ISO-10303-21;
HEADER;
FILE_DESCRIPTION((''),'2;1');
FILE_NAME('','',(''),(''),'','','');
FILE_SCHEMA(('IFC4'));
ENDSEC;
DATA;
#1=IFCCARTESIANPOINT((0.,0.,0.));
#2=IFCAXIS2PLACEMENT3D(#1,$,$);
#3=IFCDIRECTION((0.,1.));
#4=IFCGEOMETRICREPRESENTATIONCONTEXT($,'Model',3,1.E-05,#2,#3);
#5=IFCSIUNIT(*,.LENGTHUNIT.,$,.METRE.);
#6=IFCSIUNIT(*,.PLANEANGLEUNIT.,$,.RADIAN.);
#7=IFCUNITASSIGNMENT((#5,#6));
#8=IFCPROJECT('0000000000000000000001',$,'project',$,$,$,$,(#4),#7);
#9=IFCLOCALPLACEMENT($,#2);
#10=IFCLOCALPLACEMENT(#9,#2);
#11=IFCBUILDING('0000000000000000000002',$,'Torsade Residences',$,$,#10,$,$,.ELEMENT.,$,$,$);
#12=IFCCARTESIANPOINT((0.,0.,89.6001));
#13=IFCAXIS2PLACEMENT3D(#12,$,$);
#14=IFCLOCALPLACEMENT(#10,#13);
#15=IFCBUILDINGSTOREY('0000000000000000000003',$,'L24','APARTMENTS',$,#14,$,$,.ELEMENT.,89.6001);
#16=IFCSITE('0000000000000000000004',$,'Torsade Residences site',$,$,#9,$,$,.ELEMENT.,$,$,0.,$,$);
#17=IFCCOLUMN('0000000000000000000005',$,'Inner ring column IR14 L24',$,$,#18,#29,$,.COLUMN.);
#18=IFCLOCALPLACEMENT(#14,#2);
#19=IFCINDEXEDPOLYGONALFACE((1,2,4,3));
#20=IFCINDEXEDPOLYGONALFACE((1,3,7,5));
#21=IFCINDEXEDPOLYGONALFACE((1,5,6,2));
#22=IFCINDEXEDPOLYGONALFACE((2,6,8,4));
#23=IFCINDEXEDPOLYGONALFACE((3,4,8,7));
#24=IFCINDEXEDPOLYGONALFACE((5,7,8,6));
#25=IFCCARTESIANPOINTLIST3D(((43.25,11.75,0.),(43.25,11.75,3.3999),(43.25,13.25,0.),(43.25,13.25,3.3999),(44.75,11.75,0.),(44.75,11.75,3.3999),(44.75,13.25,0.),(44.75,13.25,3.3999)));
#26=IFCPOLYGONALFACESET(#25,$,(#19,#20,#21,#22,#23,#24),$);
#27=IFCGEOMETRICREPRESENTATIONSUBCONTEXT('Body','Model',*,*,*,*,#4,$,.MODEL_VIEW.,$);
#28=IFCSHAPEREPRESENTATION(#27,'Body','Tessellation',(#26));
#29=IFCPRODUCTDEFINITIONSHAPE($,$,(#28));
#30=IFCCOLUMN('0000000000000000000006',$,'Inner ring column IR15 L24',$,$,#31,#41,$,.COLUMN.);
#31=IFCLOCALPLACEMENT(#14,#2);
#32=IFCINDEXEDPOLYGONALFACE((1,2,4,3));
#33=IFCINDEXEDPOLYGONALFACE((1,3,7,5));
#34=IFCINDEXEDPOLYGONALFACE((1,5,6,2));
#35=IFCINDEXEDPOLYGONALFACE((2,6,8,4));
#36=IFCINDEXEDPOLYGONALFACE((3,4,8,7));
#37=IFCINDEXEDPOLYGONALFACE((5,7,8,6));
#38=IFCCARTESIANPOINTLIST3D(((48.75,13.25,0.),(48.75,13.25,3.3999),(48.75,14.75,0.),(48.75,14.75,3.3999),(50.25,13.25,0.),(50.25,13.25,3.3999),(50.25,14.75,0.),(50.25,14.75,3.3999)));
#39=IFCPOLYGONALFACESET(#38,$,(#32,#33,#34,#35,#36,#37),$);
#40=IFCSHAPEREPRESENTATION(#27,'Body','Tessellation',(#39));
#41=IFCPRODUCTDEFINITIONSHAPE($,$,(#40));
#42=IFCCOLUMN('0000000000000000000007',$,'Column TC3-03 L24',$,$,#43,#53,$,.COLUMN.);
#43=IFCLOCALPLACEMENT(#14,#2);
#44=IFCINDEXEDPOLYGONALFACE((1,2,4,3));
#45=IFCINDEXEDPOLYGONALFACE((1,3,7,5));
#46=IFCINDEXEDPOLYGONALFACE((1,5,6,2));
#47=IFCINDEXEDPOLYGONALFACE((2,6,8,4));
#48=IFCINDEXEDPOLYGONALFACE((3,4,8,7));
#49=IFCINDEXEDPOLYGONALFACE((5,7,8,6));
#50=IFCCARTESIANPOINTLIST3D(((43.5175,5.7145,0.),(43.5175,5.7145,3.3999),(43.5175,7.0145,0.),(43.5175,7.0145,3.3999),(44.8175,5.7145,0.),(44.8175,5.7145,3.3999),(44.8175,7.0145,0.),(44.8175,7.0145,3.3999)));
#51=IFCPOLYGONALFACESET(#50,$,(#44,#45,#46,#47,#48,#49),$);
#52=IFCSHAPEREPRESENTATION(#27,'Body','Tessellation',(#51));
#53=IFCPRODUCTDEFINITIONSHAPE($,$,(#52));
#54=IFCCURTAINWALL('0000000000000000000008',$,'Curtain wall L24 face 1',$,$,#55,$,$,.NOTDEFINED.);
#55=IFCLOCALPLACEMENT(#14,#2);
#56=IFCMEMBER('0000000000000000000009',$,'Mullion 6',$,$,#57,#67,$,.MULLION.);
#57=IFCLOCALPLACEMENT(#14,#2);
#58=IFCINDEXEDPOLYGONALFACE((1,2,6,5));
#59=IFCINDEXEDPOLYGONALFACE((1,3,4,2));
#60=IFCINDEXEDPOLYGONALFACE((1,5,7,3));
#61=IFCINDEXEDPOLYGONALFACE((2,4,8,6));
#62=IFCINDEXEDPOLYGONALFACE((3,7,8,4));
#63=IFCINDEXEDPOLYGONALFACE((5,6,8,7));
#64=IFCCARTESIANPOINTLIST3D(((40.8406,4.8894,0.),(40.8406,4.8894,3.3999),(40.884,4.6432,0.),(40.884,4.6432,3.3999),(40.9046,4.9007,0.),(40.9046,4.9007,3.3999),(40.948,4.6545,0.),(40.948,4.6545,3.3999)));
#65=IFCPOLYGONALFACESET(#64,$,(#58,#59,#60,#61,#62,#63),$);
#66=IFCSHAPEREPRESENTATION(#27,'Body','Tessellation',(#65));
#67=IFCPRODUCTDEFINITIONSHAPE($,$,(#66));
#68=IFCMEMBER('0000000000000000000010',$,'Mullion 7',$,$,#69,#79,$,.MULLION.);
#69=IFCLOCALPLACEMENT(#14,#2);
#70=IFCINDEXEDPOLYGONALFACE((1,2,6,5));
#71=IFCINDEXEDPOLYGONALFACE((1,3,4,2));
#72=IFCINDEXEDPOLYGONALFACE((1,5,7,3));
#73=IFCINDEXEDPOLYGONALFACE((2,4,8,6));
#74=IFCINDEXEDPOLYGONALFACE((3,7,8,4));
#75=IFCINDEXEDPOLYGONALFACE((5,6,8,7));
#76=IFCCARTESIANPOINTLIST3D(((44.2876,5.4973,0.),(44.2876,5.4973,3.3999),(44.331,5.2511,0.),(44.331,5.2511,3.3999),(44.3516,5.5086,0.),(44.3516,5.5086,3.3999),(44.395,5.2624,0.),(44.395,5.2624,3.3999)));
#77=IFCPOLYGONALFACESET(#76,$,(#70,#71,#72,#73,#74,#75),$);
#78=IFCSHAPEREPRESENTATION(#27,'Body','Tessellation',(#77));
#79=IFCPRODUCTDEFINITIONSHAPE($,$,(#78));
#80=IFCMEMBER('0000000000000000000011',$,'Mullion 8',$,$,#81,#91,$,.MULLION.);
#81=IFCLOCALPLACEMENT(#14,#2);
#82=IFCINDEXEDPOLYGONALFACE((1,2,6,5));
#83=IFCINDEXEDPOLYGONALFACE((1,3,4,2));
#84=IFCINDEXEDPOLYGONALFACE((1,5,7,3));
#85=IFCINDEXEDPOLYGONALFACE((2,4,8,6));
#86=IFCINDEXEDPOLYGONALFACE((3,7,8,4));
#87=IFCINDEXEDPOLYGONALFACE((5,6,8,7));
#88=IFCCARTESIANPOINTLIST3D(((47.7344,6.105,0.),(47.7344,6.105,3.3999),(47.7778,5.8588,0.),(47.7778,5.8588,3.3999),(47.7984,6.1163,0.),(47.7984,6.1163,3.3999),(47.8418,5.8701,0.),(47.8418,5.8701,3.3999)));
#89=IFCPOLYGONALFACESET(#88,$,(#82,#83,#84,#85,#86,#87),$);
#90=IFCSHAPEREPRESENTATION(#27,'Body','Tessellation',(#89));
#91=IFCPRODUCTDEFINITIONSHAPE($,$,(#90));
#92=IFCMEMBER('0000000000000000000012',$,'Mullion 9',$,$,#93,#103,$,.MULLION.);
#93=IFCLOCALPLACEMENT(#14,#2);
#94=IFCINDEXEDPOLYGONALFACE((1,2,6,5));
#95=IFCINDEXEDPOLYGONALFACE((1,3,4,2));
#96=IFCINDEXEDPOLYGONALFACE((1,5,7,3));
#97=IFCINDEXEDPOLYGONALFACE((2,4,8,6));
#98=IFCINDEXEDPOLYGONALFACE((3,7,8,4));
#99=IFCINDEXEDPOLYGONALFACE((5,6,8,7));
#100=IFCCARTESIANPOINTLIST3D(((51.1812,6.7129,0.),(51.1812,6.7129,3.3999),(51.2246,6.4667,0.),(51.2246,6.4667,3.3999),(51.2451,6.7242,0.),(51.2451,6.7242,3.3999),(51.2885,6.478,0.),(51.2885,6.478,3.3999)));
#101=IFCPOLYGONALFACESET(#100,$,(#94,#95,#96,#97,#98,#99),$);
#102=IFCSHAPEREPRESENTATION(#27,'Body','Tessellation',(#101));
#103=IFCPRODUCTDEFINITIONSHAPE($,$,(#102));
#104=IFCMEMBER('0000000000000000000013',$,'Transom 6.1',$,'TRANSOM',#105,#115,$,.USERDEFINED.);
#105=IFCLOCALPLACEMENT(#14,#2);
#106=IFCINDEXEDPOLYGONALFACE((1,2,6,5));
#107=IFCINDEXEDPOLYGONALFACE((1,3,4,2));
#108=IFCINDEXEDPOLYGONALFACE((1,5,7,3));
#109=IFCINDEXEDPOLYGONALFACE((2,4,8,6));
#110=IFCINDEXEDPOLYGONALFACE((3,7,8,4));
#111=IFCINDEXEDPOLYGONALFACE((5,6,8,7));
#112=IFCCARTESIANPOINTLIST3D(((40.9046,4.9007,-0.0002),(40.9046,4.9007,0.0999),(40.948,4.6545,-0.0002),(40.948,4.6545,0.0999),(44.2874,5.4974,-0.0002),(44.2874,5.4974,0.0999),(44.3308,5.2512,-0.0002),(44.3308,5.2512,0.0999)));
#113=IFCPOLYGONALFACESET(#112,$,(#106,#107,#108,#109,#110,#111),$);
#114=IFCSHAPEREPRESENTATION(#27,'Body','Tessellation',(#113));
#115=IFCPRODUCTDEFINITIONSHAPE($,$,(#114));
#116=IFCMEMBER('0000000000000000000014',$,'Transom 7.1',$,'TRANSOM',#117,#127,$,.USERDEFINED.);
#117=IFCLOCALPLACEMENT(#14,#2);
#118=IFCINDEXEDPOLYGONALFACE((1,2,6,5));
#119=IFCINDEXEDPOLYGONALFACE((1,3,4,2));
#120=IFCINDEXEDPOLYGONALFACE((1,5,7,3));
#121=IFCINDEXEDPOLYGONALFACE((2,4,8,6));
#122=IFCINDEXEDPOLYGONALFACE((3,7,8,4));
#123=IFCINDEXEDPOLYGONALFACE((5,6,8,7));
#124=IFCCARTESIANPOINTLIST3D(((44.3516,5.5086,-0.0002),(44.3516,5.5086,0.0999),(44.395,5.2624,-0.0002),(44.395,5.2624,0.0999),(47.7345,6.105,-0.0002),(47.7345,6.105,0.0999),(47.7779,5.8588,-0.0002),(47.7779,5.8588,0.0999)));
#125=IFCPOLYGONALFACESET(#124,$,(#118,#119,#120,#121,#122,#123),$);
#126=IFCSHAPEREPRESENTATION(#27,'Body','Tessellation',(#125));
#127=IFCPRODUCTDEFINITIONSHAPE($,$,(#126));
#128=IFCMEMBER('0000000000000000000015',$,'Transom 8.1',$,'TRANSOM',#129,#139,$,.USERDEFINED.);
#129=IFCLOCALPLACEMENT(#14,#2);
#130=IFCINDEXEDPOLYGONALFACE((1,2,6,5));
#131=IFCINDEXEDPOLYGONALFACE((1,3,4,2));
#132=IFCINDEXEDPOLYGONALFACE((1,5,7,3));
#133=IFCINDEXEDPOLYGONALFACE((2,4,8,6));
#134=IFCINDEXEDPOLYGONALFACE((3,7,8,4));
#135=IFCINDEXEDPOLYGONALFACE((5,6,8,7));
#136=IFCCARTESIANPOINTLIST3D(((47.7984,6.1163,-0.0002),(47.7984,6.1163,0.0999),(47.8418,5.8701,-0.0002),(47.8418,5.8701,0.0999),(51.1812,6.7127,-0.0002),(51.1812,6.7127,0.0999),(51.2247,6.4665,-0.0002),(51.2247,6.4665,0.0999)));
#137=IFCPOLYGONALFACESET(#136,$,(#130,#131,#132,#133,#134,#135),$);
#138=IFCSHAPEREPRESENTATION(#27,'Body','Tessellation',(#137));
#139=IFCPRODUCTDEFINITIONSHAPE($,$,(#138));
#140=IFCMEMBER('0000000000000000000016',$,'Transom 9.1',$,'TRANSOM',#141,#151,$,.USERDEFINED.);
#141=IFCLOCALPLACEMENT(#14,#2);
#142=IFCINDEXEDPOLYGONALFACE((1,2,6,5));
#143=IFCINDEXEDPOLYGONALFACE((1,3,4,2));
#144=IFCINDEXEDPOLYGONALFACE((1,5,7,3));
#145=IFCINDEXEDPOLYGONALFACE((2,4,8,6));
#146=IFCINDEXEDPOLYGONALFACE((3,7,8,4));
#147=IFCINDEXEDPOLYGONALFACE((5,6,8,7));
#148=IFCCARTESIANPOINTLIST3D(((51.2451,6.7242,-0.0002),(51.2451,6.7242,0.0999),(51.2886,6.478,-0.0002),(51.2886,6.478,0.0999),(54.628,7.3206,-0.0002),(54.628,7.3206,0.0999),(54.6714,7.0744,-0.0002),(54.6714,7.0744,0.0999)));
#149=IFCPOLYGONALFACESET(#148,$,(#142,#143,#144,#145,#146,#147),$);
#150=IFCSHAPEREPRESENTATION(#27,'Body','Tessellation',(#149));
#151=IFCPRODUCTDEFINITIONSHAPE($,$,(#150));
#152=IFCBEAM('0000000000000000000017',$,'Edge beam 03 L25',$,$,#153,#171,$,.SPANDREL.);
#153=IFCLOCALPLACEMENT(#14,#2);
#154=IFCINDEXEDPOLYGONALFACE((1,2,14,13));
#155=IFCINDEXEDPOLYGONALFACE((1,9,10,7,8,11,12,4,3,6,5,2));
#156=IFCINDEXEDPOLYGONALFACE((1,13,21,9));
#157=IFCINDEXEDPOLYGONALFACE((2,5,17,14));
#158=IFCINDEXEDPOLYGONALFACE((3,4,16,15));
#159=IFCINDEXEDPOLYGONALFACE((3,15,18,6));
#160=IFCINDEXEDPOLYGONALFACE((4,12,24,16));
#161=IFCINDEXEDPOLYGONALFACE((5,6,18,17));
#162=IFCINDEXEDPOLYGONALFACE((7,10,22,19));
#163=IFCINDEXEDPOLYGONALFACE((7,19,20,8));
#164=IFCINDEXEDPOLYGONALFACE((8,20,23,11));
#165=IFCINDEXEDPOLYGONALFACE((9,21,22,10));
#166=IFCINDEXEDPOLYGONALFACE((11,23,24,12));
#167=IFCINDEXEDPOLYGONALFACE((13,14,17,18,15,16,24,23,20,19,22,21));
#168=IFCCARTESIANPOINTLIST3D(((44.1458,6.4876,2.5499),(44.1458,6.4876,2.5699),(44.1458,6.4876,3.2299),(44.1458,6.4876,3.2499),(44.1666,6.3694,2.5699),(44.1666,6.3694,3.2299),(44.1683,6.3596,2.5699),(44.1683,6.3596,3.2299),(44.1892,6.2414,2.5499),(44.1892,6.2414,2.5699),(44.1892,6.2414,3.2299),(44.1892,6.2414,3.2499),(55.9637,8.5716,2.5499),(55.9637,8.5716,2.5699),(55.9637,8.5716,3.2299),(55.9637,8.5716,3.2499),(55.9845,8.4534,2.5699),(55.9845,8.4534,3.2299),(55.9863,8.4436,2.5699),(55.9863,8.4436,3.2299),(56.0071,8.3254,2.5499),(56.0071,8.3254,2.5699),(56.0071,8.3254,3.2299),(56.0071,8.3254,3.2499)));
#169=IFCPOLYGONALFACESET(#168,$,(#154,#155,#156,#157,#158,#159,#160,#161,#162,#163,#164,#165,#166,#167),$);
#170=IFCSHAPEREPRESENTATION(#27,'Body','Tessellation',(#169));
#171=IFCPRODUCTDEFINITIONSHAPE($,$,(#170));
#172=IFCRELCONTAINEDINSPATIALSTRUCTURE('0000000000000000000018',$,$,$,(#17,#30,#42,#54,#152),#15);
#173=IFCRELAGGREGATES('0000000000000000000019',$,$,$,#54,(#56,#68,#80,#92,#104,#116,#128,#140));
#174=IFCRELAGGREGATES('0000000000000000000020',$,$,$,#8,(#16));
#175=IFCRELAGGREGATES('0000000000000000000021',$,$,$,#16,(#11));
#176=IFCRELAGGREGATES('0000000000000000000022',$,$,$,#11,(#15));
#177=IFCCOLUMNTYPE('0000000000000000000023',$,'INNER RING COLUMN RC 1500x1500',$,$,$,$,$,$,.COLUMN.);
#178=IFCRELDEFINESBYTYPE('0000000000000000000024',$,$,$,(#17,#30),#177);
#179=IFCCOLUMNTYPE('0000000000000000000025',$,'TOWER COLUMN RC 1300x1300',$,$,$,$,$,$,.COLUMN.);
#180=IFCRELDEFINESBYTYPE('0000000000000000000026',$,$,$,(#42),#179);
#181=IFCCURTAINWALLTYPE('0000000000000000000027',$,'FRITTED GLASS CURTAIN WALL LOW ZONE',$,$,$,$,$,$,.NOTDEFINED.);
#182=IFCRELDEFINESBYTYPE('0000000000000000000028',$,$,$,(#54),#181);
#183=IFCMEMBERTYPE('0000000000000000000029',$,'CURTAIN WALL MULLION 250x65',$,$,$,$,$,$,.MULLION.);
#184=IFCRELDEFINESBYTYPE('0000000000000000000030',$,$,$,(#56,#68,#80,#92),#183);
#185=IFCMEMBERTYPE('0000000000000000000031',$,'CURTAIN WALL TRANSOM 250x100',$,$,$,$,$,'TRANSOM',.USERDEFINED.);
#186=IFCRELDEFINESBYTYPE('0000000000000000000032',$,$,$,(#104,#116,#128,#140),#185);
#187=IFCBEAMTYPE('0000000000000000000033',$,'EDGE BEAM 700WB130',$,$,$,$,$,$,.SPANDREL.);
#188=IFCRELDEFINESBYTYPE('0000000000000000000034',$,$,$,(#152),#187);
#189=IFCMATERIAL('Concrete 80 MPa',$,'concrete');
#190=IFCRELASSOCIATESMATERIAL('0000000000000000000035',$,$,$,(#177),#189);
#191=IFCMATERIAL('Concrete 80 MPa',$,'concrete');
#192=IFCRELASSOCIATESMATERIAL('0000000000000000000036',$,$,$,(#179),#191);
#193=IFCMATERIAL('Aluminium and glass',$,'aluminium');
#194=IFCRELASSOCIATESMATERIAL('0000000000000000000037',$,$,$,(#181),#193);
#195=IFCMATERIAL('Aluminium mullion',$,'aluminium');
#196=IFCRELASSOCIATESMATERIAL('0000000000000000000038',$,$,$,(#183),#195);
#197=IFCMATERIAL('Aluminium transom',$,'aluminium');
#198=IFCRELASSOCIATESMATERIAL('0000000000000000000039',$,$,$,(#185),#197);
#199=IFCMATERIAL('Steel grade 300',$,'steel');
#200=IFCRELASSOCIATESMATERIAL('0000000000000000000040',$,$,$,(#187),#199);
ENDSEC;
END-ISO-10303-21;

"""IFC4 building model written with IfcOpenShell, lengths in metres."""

from ifc_helpers import new_model, si_unit, direction, frame, origin, origin_2d, place, context, subcontext, project, spatial, rectangle, i_section, extrude, material, material_profile, profile_set, type_object, element, aggregate, save


model = new_model("IFC4")

# Units and contexts
model_context = context("Model", 3, precision=1e-05, world=origin(), true_north=direction((0.0, 1.0)))
body_context = subcontext(model_context, "Body", "Model", "MODEL_VIEW")
ifc_project = project(units=[si_unit("LENGTHUNIT", "METRE"), si_unit("PLANEANGLEUNIT", "RADIAN")], contexts=[model_context])

# Site, building, storey
site_placement = place(None, origin())
site = spatial("IfcSite", under=ifc_project, at=site_placement, Name="Torsade Residences site", CompositionType="ELEMENT", RefElevation=0.0)
building_placement = place(site_placement, origin())
building = spatial("IfcBuilding", under=site, at=building_placement, Name="Torsade Residences", CompositionType="ELEMENT")
storey_placement = place(building_placement, frame((0.0, 0.0, 89.6001)))
storey = spatial("IfcBuildingStorey", under=building, at=storey_placement, Name="L24", Description="APARTMENTS", CompositionType="ELEMENT", Elevation=89.6001)

# Columns
ifc_material_1 = material(Name="Concrete 80 MPa", Category="concrete")
ifc_material_profile_1 = material_profile(ifc_material_1, rectangle(XDim=1.5, YDim=1.5, at=origin_2d()), Name="RC 1500x1500")
ifc_profile_set_1 = profile_set([ifc_material_profile_1], Name="Concrete 80 MPa")
column_type_1 = type_object("IfcColumnType", Name="INNER RING COLUMN RC 1500x1500", PredefinedType="COLUMN", material=ifc_profile_set_1)
for number, where, z_axis, x_axis, name in (
    (1, (44.0, 12.5, 0.0), (0.0, 0.0, 1.0), (1.0, 0.0, 0.0), "Inner ring column IR14 L24"),
    (2, (49.5, 14.0, 0.0), (0.0, 0.0, 1.0), (1.0, 0.0, 0.0), "Inner ring column IR15 L24"),
):
    element("IfcColumn", number, at=place(storey_placement, frame(where, z_axis=z_axis, x_axis=x_axis)), inside=storey, type_object=column_type_1, Name=name, PredefinedType="COLUMN", context=body_context, shape_type="SweptSolid", body=[
        extrude(rectangle(XDim=1.5, YDim=1.5, at=origin_2d()), origin(), (0.0, 0.0, 1.0), 3.3999),
    ])
ifc_material_2 = material(Name="Concrete 80 MPa", Category="concrete")
ifc_material_profile_2 = material_profile(ifc_material_2, rectangle(XDim=1.3, YDim=1.3, at=origin_2d()), Name="RC 1300x1300")
ifc_profile_set_2 = profile_set([ifc_material_profile_2], Name="Concrete 80 MPa")
column_type_2 = type_object("IfcColumnType", Name="TOWER COLUMN RC 1300x1300", PredefinedType="COLUMN", material=ifc_profile_set_2)
column_placement = place(storey_placement, frame((44.1675, 6.3645, 0.0), z_axis=(0.0, 0.0, 1.0), x_axis=(1.0, 0.0, 0.0)))
element("IfcColumn", 3, at=column_placement, inside=storey, type_object=column_type_2, Name="Column TC3-03 L24", PredefinedType="COLUMN", context=body_context, shape_type="SweptSolid", body=[
    extrude(rectangle(XDim=1.3, YDim=1.3, at=origin_2d()), origin(), (0.0, 0.0, 1.0), 3.3999),
])

# Curtain wall, members
ifc_material_3 = material(Name="Aluminium and glass", Category="aluminium")
curtain_wall_type = type_object("IfcCurtainWallType", Name="FRITTED GLASS CURTAIN WALL LOW ZONE", PredefinedType="NOTDEFINED", material=ifc_material_3)
curtain_wall_placement = place(storey_placement, origin())
curtain_wall = element("IfcCurtainWall", 4, at=curtain_wall_placement, inside=storey, type_object=curtain_wall_type, Name="Curtain wall L24 face 1", PredefinedType="NOTDEFINED")
ifc_material_4 = material(Name="Aluminium mullion", Category="aluminium")
ifc_material_profile_3 = material_profile(ifc_material_4, rectangle(XDim=0.25, YDim=0.0649, at=origin_2d()), Name="CURTAIN WALL MULLION 250x65")
ifc_profile_set_3 = profile_set([ifc_material_profile_3], Name="Aluminium mullion")
member_type_1 = type_object("IfcMemberType", Name="CURTAIN WALL MULLION 250x65", PredefinedType="MULLION", material=ifc_profile_set_3)
member_1_placement = place(storey_placement, frame((40.8943, 4.772, 0.0), z_axis=(0.0, 0.0, 1.0), x_axis=(-0.173648, 0.984808, 0.0)))
member_1 = element("IfcMember", 5, at=member_1_placement, type_object=member_type_1, Name="Mullion 6", PredefinedType="MULLION", context=body_context, shape_type="SweptSolid", body=[
    extrude(rectangle(XDim=0.25, YDim=0.0649, at=origin_2d()), origin(), (0.0, 0.0, 1.0), 3.3999),
])
member_2_placement = place(storey_placement, frame((44.3413, 5.3799, 0.0), z_axis=(0.0, 0.0, 1.0), x_axis=(-0.173648, 0.984808, 0.0)))
member_2 = element("IfcMember", 6, at=member_2_placement, type_object=member_type_1, Name="Mullion 7", PredefinedType="MULLION", context=body_context, shape_type="SweptSolid", body=[
    extrude(rectangle(XDim=0.25, YDim=0.0649, at=origin_2d()), origin(), (0.0, 0.0, 1.0), 3.3999),
])
member_3_placement = place(storey_placement, frame((47.7881, 5.9875, 0.0), z_axis=(0.0, 0.0, 1.0), x_axis=(-0.173648, 0.984808, 0.0)))
member_3 = element("IfcMember", 7, at=member_3_placement, type_object=member_type_1, Name="Mullion 8", PredefinedType="MULLION", context=body_context, shape_type="SweptSolid", body=[
    extrude(rectangle(XDim=0.25, YDim=0.0649, at=origin_2d()), origin(), (0.0, 0.0, 1.0), 3.3999),
])
member_4_placement = place(storey_placement, frame((51.2349, 6.5955, 0.0), z_axis=(0.0, 0.0, 1.0), x_axis=(-0.173648, 0.984808, 0.0)))
member_4 = element("IfcMember", 8, at=member_4_placement, type_object=member_type_1, Name="Mullion 9", PredefinedType="MULLION", context=body_context, shape_type="SweptSolid", body=[
    extrude(rectangle(XDim=0.25, YDim=0.0649, at=origin_2d()), origin(), (0.0, 0.0, 1.0), 3.3999),
])
ifc_material_5 = material(Name="Aluminium transom", Category="aluminium")
ifc_material_profile_4 = material_profile(ifc_material_5, rectangle(XDim=0.25, YDim=0.1001, at=origin_2d()), Name="CURTAIN WALL TRANSOM 250x100")
ifc_profile_set_4 = profile_set([ifc_material_profile_4], Name="Aluminium transom")
member_type_2 = type_object("IfcMemberType", Name="CURTAIN WALL TRANSOM 250x100", ElementType="TRANSOM", PredefinedType="USERDEFINED", material=ifc_profile_set_4)
member_5_placement = place(storey_placement, frame((40.9263, 4.7776, 0.0498), z_axis=(0.984798, 0.173704, 0.0), x_axis=(-0.173704, 0.984798, 0.0)))
member_5 = element("IfcMember", 9, at=member_5_placement, type_object=member_type_2, Name="Transom 6.1", ObjectType="TRANSOM", PredefinedType="USERDEFINED", context=body_context, shape_type="SweptSolid", body=[
    extrude(rectangle(XDim=0.25, YDim=0.1001, at=origin_2d()), origin(), (0.0, 0.0, 1.0), 3.4351),
])
member_6_placement = place(storey_placement, frame((44.3733, 5.3855, 0.0498), z_axis=(0.98481, 0.173635, 0.0), x_axis=(-0.173635, 0.98481, 0.0)))
member_6 = element("IfcMember", 10, at=member_6_placement, type_object=member_type_2, Name="Transom 7.1", ObjectType="TRANSOM", PredefinedType="USERDEFINED", context=body_context, shape_type="SweptSolid", body=[
    extrude(rectangle(XDim=0.25, YDim=0.1001, at=origin_2d()), origin(), (0.0, 0.0, 1.0), 3.4351),
])
member_7_placement = place(storey_placement, frame((47.8201, 5.9932, 0.0498), z_axis=(0.98481, 0.173635, 0.0), x_axis=(-0.173635, 0.98481, 0.0)))
member_7 = element("IfcMember", 11, at=member_7_placement, type_object=member_type_2, Name="Transom 8.1", ObjectType="TRANSOM", PredefinedType="USERDEFINED", context=body_context, shape_type="SweptSolid", body=[
    extrude(rectangle(XDim=0.25, YDim=0.1001, at=origin_2d()), origin(), (0.0, 0.0, 1.0), 3.4351),
])
member_8_placement = place(storey_placement, frame((51.2668, 6.6011, 0.0498), z_axis=(0.98481, 0.173635, 0.0), x_axis=(-0.173635, 0.98481, 0.0)))
member_8 = element("IfcMember", 12, at=member_8_placement, type_object=member_type_2, Name="Transom 9.1", ObjectType="TRANSOM", PredefinedType="USERDEFINED", context=body_context, shape_type="SweptSolid", body=[
    extrude(rectangle(XDim=0.25, YDim=0.1001, at=origin_2d()), origin(), (0.0, 0.0, 1.0), 3.4351),
])

# Beam
ifc_material_6 = material(Name="Steel grade 300", Category="steel")
ifc_material_profile_5 = material_profile(ifc_material_6, i_section(OverallWidth=0.25, OverallDepth=0.7, WebThickness=0.01, FlangeThickness=0.02, at=origin_2d()), Name="700WB130")
ifc_profile_set_5 = profile_set([ifc_material_profile_5], Name="Steel grade 300")
beam_type_1 = type_object("IfcBeamType", Name="EDGE BEAM 700WB130", PredefinedType="SPANDREL", material=ifc_profile_set_5)
beam_1_placement = place(storey_placement, frame((44.1675, 6.3645, 2.8999), z_axis=(0.984805, 0.173662, 0.0), x_axis=(-0.173662, 0.984805, 0.0)))
element("IfcBeam", 13, at=beam_1_placement, inside=storey, type_object=beam_type_1, Name="Edge beam 03 L25", PredefinedType="SPANDREL", context=body_context, shape_type="SweptSolid", body=[
    extrude(i_section(OverallWidth=0.25, OverallDepth=0.7, WebThickness=0.01, FlangeThickness=0.02, at=origin_2d()), origin(), (0.0, 0.0, 1.0), 12.0002),
])

aggregate(curtain_wall, [member_1, member_2, member_3, member_4, member_5, member_6, member_7, member_8])

save(model, "model.ifc")
